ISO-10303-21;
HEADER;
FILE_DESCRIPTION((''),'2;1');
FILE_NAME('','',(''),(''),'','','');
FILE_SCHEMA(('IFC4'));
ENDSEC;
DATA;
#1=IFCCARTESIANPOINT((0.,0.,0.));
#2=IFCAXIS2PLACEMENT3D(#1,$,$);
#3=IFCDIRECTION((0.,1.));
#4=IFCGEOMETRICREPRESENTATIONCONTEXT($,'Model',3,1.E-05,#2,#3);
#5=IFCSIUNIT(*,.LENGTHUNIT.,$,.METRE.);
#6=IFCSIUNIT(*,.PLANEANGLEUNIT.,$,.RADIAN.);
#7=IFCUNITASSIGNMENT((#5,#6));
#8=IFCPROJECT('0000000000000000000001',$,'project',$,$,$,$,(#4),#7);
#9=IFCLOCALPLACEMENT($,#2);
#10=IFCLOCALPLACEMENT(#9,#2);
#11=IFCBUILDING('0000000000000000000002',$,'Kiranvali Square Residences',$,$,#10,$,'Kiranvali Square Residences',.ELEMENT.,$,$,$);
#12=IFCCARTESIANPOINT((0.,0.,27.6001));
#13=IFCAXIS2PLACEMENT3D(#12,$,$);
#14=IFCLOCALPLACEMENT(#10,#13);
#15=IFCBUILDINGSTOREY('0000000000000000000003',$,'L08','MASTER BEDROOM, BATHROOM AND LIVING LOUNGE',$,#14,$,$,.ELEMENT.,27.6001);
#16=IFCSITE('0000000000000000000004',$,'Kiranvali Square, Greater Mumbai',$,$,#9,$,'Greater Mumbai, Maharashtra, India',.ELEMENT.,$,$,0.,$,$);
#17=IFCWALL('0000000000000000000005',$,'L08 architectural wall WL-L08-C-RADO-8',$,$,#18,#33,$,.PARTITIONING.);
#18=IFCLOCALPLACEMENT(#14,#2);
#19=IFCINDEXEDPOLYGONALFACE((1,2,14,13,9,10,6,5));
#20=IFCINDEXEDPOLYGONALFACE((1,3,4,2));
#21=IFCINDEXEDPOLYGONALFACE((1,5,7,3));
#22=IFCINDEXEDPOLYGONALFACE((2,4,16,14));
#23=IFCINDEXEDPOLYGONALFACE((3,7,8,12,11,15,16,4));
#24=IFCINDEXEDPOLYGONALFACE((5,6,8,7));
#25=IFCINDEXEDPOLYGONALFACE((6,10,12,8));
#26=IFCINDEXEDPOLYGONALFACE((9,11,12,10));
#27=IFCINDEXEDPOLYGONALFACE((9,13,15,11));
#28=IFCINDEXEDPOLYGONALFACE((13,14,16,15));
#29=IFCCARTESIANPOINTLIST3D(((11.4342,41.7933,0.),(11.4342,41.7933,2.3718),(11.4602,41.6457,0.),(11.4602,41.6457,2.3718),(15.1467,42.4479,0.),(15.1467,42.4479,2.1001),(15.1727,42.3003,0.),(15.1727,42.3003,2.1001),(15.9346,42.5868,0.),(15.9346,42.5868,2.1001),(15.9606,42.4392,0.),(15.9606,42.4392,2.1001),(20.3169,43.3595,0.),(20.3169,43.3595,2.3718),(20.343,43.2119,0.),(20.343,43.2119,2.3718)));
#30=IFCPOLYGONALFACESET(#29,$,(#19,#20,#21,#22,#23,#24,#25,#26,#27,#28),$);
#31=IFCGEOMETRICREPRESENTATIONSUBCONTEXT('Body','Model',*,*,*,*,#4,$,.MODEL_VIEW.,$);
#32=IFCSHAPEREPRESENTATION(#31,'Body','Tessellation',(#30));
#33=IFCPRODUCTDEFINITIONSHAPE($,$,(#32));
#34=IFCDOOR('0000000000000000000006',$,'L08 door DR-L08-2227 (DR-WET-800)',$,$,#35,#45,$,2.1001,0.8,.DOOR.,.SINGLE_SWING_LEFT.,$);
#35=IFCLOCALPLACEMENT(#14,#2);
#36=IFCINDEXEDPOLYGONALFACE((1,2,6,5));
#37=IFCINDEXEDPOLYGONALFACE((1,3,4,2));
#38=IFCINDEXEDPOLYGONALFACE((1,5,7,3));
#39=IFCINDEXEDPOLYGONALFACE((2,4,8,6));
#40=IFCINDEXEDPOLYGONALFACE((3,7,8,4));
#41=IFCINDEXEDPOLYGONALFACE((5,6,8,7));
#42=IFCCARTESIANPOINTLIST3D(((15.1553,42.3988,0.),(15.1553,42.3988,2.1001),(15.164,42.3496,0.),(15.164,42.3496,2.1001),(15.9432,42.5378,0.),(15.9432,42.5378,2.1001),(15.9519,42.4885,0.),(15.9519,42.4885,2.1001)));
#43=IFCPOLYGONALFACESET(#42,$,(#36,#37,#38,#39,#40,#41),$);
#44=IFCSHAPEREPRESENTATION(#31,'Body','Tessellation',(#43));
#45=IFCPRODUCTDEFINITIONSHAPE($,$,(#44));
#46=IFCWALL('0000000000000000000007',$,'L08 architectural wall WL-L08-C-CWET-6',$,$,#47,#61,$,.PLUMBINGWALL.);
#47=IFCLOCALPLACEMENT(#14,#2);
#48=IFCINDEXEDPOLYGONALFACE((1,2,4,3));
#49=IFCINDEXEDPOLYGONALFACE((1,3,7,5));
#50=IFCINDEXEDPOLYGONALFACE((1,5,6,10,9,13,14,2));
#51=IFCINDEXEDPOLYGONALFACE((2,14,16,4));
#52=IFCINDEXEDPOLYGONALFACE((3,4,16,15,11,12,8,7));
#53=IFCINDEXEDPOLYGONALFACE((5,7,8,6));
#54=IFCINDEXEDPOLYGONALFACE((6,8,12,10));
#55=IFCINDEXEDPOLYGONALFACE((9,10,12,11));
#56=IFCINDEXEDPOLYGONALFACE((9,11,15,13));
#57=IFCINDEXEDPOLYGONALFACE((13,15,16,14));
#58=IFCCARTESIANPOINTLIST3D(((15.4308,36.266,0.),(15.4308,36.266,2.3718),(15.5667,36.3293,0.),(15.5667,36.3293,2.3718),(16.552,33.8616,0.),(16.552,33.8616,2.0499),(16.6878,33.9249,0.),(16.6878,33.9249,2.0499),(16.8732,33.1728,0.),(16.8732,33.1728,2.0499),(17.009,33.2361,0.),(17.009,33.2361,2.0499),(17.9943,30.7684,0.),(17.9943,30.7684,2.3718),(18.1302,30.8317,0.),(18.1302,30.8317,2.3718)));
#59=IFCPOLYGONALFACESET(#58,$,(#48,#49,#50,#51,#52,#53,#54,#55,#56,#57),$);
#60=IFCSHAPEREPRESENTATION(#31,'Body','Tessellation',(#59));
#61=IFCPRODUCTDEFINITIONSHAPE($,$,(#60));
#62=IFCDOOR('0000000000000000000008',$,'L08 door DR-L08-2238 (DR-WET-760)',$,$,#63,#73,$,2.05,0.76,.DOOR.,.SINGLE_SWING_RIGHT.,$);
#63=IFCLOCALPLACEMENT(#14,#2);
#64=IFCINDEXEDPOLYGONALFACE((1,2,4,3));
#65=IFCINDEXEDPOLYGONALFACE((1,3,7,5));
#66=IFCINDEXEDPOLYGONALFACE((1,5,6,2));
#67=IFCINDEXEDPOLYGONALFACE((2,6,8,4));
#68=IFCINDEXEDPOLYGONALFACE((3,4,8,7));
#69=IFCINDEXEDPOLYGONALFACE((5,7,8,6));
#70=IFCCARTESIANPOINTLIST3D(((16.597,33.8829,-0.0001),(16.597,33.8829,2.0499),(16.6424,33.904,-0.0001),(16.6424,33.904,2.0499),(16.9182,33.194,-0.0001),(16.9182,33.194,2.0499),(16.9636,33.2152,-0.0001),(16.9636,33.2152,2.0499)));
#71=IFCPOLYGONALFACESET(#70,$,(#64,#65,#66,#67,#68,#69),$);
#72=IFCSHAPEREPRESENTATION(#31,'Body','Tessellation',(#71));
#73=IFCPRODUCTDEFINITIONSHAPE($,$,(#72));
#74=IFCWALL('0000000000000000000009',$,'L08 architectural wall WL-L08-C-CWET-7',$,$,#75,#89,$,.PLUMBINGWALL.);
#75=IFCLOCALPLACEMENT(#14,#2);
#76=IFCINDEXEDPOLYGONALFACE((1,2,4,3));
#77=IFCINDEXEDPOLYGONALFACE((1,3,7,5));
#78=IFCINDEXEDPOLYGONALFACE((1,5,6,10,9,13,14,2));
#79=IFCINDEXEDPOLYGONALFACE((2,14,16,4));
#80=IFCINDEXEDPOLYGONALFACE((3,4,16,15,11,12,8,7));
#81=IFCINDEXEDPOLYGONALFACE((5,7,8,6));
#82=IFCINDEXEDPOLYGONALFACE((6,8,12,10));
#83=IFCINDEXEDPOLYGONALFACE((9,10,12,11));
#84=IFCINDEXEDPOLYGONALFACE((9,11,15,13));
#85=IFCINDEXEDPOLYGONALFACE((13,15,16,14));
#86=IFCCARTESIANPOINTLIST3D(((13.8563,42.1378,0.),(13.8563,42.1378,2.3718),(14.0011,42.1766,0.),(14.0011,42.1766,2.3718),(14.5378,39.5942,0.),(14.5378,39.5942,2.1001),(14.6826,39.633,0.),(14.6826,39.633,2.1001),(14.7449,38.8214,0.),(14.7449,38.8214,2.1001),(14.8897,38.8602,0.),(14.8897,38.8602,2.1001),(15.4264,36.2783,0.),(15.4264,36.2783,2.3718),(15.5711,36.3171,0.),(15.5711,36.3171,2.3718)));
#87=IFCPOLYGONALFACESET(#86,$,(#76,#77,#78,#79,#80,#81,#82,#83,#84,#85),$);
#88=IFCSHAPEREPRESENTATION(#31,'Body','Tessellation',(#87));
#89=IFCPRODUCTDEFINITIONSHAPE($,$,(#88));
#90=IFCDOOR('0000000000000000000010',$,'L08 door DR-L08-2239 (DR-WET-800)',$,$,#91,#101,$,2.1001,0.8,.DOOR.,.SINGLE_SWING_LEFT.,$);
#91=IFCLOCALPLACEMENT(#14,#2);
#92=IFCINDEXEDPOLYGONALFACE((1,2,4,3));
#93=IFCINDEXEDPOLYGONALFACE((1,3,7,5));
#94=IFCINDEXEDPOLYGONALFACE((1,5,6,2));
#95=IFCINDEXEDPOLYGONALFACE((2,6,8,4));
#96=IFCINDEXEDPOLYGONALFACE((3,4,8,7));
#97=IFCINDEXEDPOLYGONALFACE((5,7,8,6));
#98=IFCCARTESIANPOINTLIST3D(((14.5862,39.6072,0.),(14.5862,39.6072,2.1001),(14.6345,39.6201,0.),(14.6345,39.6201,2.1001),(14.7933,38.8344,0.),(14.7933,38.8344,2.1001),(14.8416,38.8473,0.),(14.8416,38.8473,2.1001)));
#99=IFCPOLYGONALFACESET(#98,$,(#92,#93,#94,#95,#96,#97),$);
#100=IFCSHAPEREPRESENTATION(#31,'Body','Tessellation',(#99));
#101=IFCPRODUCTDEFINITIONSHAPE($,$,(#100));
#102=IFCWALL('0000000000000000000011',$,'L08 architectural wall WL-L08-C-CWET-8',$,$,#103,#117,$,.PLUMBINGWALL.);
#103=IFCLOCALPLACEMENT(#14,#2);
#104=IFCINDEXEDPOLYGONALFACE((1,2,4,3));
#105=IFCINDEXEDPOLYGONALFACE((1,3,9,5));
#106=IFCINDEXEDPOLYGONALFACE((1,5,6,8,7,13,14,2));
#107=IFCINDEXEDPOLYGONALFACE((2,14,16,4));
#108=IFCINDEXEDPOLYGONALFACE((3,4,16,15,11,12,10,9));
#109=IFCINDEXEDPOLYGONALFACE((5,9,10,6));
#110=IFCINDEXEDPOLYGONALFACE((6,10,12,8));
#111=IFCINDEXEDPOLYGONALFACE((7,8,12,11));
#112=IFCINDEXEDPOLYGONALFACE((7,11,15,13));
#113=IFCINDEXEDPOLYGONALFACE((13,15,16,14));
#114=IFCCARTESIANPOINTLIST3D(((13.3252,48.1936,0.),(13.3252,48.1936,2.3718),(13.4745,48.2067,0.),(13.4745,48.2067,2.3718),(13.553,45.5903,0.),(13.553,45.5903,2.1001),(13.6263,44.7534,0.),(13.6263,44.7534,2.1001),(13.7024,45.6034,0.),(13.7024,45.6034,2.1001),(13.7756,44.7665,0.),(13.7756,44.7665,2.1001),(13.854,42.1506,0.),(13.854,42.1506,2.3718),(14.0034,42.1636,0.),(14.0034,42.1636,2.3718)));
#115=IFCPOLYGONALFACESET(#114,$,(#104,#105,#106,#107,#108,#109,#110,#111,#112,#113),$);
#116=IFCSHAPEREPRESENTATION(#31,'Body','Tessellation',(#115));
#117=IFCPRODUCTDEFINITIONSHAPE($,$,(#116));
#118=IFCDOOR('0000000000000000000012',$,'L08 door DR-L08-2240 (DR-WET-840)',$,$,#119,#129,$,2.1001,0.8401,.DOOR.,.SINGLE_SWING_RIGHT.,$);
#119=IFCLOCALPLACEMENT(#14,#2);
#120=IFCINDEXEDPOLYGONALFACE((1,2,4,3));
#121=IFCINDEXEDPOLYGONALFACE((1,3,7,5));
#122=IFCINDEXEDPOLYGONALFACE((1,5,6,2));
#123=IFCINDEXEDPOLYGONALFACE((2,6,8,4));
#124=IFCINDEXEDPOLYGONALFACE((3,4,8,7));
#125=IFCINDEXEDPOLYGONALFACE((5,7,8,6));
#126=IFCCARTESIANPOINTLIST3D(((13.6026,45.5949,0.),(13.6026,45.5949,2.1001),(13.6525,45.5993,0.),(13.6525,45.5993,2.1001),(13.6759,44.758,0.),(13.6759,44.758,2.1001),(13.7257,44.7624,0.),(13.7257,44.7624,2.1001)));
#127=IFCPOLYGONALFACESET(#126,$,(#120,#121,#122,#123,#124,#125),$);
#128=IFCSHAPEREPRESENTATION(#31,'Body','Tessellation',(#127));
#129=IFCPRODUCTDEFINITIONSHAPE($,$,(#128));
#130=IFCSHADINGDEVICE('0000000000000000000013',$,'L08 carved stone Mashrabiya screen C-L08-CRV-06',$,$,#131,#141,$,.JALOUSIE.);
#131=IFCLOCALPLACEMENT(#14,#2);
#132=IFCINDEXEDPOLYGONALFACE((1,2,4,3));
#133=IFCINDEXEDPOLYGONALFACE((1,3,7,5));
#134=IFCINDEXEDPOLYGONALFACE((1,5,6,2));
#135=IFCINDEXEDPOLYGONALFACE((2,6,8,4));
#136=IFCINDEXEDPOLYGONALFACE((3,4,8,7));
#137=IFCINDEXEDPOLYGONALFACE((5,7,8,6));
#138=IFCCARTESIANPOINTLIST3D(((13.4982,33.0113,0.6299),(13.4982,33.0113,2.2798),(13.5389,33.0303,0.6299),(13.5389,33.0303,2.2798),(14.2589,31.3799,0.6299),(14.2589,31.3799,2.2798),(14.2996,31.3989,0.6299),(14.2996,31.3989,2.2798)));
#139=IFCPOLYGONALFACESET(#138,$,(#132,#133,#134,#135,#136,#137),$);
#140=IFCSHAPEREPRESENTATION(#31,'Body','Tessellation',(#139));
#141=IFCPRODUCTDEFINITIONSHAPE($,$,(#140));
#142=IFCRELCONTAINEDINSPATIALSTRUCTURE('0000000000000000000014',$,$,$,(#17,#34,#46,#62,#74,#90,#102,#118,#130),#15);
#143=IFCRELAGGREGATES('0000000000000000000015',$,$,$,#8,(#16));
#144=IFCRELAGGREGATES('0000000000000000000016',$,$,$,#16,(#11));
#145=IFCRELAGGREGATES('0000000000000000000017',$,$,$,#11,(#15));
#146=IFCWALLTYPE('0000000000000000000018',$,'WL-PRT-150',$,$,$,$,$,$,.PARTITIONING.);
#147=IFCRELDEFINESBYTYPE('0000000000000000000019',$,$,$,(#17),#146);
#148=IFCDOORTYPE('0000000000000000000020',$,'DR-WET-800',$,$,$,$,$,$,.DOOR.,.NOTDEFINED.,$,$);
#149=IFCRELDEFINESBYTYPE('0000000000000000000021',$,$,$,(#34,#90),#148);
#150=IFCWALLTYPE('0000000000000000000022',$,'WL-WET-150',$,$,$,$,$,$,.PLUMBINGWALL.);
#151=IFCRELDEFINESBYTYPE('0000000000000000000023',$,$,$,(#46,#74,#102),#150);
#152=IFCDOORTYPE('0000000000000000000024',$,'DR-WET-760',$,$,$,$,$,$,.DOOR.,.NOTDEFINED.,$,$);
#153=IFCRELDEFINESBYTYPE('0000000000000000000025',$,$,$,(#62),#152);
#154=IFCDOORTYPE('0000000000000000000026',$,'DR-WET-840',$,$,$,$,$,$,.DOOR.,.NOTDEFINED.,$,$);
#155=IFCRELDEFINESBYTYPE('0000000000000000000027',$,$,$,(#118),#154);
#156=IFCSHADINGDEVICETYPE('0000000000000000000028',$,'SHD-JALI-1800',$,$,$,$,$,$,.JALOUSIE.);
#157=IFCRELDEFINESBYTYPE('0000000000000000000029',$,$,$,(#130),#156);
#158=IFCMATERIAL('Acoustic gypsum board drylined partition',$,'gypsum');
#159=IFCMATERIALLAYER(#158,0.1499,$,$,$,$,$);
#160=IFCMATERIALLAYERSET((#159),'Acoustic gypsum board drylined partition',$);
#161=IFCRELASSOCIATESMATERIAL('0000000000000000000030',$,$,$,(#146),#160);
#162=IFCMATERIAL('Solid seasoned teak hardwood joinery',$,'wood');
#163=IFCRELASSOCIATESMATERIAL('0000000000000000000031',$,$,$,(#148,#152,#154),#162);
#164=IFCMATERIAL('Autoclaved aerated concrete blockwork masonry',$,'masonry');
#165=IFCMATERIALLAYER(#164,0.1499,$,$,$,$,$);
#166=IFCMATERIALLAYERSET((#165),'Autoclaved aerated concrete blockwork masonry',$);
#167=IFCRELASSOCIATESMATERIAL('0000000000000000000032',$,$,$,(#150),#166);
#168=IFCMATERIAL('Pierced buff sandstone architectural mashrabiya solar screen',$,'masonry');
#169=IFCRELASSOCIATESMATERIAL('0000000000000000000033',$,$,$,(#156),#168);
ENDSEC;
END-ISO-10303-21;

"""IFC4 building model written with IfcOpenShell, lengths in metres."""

from ifc_helpers import new_model, si_unit, direction, frame, frame_2d, origin, origin_2d, place, context, subcontext, project, spatial, rectangle, extrude, material, layer, layer_set, type_object, element, fill, save


model = new_model("IFC4")

# Units and contexts
model_context = context("Model", 3, precision=1e-05, world=origin(), true_north=direction((0.0, 1.0)))
body_context = subcontext(model_context, "Body", "Model", "MODEL_VIEW")
ifc_project = project(units=[si_unit("LENGTHUNIT", "METRE"), si_unit("PLANEANGLEUNIT", "RADIAN")], contexts=[model_context])

# Site, building, storey
site_placement = place(None, origin())
site = spatial("IfcSite", under=ifc_project, at=site_placement, Name="Kiranvali Square, Greater Mumbai", LongName="Greater Mumbai, Maharashtra, India", CompositionType="ELEMENT", RefElevation=0.0)
building_placement = place(site_placement, origin())
building = spatial("IfcBuilding", under=site, at=building_placement, Name="Kiranvali Square Residences", LongName="Kiranvali Square Residences", CompositionType="ELEMENT")
storey_placement = place(building_placement, frame((0.0, 0.0, 27.6001)))
storey = spatial("IfcBuildingStorey", under=building, at=storey_placement, Name="L08", Description="MASTER BEDROOM, BATHROOM AND LIVING LOUNGE", CompositionType="ELEMENT", Elevation=27.6001)

# Walls, openings, doors
ifc_material_1 = material(Name="Acoustic gypsum board drylined partition", Category="gypsum")
ifc_layer_1 = layer(ifc_material_1, 0.1499)
ifc_layer_set_1 = layer_set([ifc_layer_1], Name="Acoustic gypsum board drylined partition")
wall_type_1 = type_object("IfcWallType", Name="WL-PRT-150", PredefinedType="PARTITIONING", material=ifc_layer_set_1)
wall_1_placement = place(storey_placement, frame((20.3298, 43.2856, 0.0), z_axis=(0.0, 0.0, 1.0), x_axis=(-0.98481, -0.173636, 0.0)))
wall_1 = element("IfcWall", 1, at=wall_1_placement, inside=storey, type_object=wall_type_1, Name="L08 architectural wall WL-L08-C-RADO-8", PredefinedType="PARTITIONING", context=body_context, shape_type="SweptSolid", body=[
    extrude(rectangle(XDim=9.0198, YDim=0.1499, at=frame_2d((4.5098, 0.0))), origin(), (0.0, 0.0, 1.0), 2.3718),
])
opening_1_placement = place(wall_1_placement, frame((4.45, 0.0, 0.0)))
opening_1 = element("IfcOpeningElement", 2, at=opening_1_placement, cuts=wall_1, PredefinedType="OPENING", context=body_context, shape_type="SweptSolid", body=[
    extrude(rectangle(XDim=0.8, YDim=2.1001, at=frame_2d((0.3999, 1.05))), frame((0.0, 0.085, 0.0), z_axis=(0.0, -1.0, 0.0), x_axis=(1.0, 0.0, 0.0)), (0.0, 0.0, 1.0), 0.1699),
])
ifc_material_2 = material(Name="Solid seasoned teak hardwood joinery", Category="wood")
door_type_1 = type_object("IfcDoorType", Name="DR-WET-800", OperationType="NOTDEFINED", PredefinedType="DOOR", material=ifc_material_2)
door_1_placement = place(opening_1_placement, origin())
door_1 = element("IfcDoor", 3, at=door_1_placement, inside=storey, type_object=door_type_1, Name="L08 door DR-L08-2227 (DR-WET-800)", OperationType="SINGLE_SWING_LEFT", OverallHeight=2.1001, OverallWidth=0.8, PredefinedType="DOOR", context=body_context, shape_type="SweptSolid", body=[
    extrude(rectangle(XDim=0.8, YDim=2.1001, at=frame_2d((0.3999, 1.05))), frame((0.0, 0.0249, 0.0), z_axis=(0.0, -1.0, 0.0), x_axis=(1.0, 0.0, 0.0)), (0.0, 0.0, 1.0), 0.05),
])
fill(opening_1, door_1)
ifc_material_3 = material(Name="Autoclaved aerated concrete blockwork masonry", Category="masonry")
ifc_layer_2 = layer(ifc_material_3, 0.1499)
ifc_layer_set_2 = layer_set([ifc_layer_2], Name="Autoclaved aerated concrete blockwork masonry")
wall_type_2 = type_object("IfcWallType", Name="WL-WET-150", PredefinedType="PLUMBINGWALL", material=ifc_layer_set_2)
wall_2_placement = place(storey_placement, frame((18.0623, 30.8, 0.0), z_axis=(0.0, 0.0, 1.0), x_axis=(-0.422608, 0.906313, 0.0)))
wall_2 = element("IfcWall", 4, at=wall_2_placement, inside=storey, type_object=wall_type_2, Name="L08 architectural wall WL-L08-C-CWET-6", PredefinedType="PLUMBINGWALL", context=body_context, shape_type="SweptSolid", body=[
    extrude(rectangle(XDim=6.0659, YDim=0.1499, at=frame_2d((3.033, 0.0))), origin(), (0.0, 0.0, 1.0), 2.3718),
])
opening_2_placement = place(wall_2_placement, frame((2.6531, 0.0, 0.0)))
opening_2 = element("IfcOpeningElement", 5, at=opening_2_placement, cuts=wall_2, PredefinedType="OPENING", context=body_context, shape_type="SweptSolid", body=[
    extrude(rectangle(XDim=0.76, YDim=2.05, at=frame_2d((0.3799, 1.0249))), frame((0.0, 0.085, 0.0), z_axis=(0.0, -1.0, 0.0), x_axis=(1.0, 0.0, 0.0)), (0.0, 0.0, 1.0), 0.1699),
])
door_type_2 = type_object("IfcDoorType", Name="DR-WET-760", OperationType="NOTDEFINED", PredefinedType="DOOR", material=ifc_material_2)
door_2_placement = place(opening_2_placement, frame((0.76, 0.0, 0.0), z_axis=(0.0, 0.0, 1.0), x_axis=(-1.0, 0.0, 0.0)))
door_2 = element("IfcDoor", 6, at=door_2_placement, inside=storey, type_object=door_type_2, Name="L08 door DR-L08-2238 (DR-WET-760)", OperationType="SINGLE_SWING_RIGHT", OverallHeight=2.05, OverallWidth=0.76, PredefinedType="DOOR", context=body_context, shape_type="SweptSolid", body=[
    extrude(rectangle(XDim=0.76, YDim=2.05, at=frame_2d((0.3799, 1.0249))), frame((0.0, 0.0249, 0.0), z_axis=(0.0, -1.0, 0.0), x_axis=(1.0, 0.0, 0.0)), (0.0, 0.0, 1.0), 0.05),
])
fill(opening_2, door_2)
wall_3_placement = place(storey_placement, frame((15.4988, 36.2976, 0.0), z_axis=(0.0, 0.0, 1.0), x_axis=(-0.258827, 0.965924, 0.0)))
wall_3 = element("IfcWall", 7, at=wall_3_placement, inside=storey, type_object=wall_type_2, Name="L08 architectural wall WL-L08-C-CWET-7", PredefinedType="PLUMBINGWALL", context=body_context, shape_type="SweptSolid", body=[
    extrude(rectangle(XDim=6.0662, YDim=0.1499, at=frame_2d((3.0332, 0.0))), origin(), (0.0, 0.0, 1.0), 2.3718),
])
opening_3_placement = place(wall_3_placement, frame((2.6331, 0.0, 0.0)))
opening_3 = element("IfcOpeningElement", 8, at=opening_3_placement, cuts=wall_3, PredefinedType="OPENING", context=body_context, shape_type="SweptSolid", body=[
    extrude(rectangle(XDim=0.8, YDim=2.1001, at=frame_2d((0.3999, 1.05))), frame((0.0, 0.085, 0.0), z_axis=(0.0, -1.0, 0.0), x_axis=(1.0, 0.0, 0.0)), (0.0, 0.0, 1.0), 0.1699),
])
door_3_placement = place(opening_3_placement, origin())
door_3 = element("IfcDoor", 9, at=door_3_placement, inside=storey, type_object=door_type_1, Name="L08 door DR-L08-2239 (DR-WET-800)", OperationType="SINGLE_SWING_LEFT", OverallHeight=2.1001, OverallWidth=0.8, PredefinedType="DOOR", context=body_context, shape_type="SweptSolid", body=[
    extrude(rectangle(XDim=0.8, YDim=2.1001, at=frame_2d((0.3999, 1.05))), frame((0.0, 0.0249, 0.0), z_axis=(0.0, -1.0, 0.0), x_axis=(1.0, 0.0, 0.0)), (0.0, 0.0, 1.0), 0.05),
])
fill(opening_3, door_3)
wall_4_placement = place(storey_placement, frame((13.9287, 42.157, 0.0), z_axis=(0.0, 0.0, 1.0), x_axis=(-0.087175, 0.996193, 0.0)))
wall_4 = element("IfcWall", 10, at=wall_4_placement, inside=storey, type_object=wall_type_2, Name="L08 architectural wall WL-L08-C-CWET-8", PredefinedType="PLUMBINGWALL", context=body_context, shape_type="SweptSolid", body=[
    extrude(rectangle(XDim=6.0662, YDim=0.1499, at=frame_2d((3.0332, 0.0))), origin(), (0.0, 0.0, 1.0), 2.3718),
])
opening_4_placement = place(wall_4_placement, frame((2.613, 0.0, 0.0)))
opening_4 = element("IfcOpeningElement", 11, at=opening_4_placement, cuts=wall_4, PredefinedType="OPENING", context=body_context, shape_type="SweptSolid", body=[
    extrude(rectangle(XDim=0.8401, YDim=2.1001, at=frame_2d((0.4199, 1.05))), frame((0.0, 0.085, 0.0), z_axis=(0.0, -1.0, 0.0), x_axis=(1.0, 0.0, 0.0)), (0.0, 0.0, 1.0), 0.1699),
])
door_type_3 = type_object("IfcDoorType", Name="DR-WET-840", OperationType="NOTDEFINED", PredefinedType="DOOR", material=ifc_material_2)
door_4_placement = place(opening_4_placement, frame((0.8401, 0.0, 0.0), z_axis=(0.0, 0.0, 1.0), x_axis=(-1.0, 0.0, 0.0)))
door_4 = element("IfcDoor", 12, at=door_4_placement, inside=storey, type_object=door_type_3, Name="L08 door DR-L08-2240 (DR-WET-840)", OperationType="SINGLE_SWING_RIGHT", OverallHeight=2.1001, OverallWidth=0.8401, PredefinedType="DOOR", context=body_context, shape_type="SweptSolid", body=[
    extrude(rectangle(XDim=0.8401, YDim=2.1001, at=frame_2d((0.4199, 1.05))), frame((0.0, 0.0249, 0.0), z_axis=(0.0, -1.0, 0.0), x_axis=(1.0, 0.0, 0.0)), (0.0, 0.0, 1.0), 0.05),
])
fill(opening_4, door_4)

# Shading device
ifc_material_4 = material(Name="Pierced buff sandstone architectural mashrabiya solar screen", Category="masonry")
shading_device_type = type_object("IfcShadingDeviceType", Name="SHD-JALI-1800", PredefinedType="JALOUSIE", material=ifc_material_4)
shading_device_placement = place(storey_placement, frame((13.8989, 32.2051, 0.6299), z_axis=(0.0, 0.0, 1.0), x_axis=(-0.422618, 0.906308, 0.0)))
element("IfcShadingDevice", 13, at=shading_device_placement, inside=storey, type_object=shading_device_type, Name="L08 carved stone Mashrabiya screen C-L08-CRV-06", PredefinedType="JALOUSIE", context=body_context, shape_type="SweptSolid", body=[
    extrude(rectangle(XDim=1.8, YDim=0.0449, at=origin_2d()), origin(), (0.0, 0.0, 1.0), 1.6499),
])

save(model, "model.ifc")
